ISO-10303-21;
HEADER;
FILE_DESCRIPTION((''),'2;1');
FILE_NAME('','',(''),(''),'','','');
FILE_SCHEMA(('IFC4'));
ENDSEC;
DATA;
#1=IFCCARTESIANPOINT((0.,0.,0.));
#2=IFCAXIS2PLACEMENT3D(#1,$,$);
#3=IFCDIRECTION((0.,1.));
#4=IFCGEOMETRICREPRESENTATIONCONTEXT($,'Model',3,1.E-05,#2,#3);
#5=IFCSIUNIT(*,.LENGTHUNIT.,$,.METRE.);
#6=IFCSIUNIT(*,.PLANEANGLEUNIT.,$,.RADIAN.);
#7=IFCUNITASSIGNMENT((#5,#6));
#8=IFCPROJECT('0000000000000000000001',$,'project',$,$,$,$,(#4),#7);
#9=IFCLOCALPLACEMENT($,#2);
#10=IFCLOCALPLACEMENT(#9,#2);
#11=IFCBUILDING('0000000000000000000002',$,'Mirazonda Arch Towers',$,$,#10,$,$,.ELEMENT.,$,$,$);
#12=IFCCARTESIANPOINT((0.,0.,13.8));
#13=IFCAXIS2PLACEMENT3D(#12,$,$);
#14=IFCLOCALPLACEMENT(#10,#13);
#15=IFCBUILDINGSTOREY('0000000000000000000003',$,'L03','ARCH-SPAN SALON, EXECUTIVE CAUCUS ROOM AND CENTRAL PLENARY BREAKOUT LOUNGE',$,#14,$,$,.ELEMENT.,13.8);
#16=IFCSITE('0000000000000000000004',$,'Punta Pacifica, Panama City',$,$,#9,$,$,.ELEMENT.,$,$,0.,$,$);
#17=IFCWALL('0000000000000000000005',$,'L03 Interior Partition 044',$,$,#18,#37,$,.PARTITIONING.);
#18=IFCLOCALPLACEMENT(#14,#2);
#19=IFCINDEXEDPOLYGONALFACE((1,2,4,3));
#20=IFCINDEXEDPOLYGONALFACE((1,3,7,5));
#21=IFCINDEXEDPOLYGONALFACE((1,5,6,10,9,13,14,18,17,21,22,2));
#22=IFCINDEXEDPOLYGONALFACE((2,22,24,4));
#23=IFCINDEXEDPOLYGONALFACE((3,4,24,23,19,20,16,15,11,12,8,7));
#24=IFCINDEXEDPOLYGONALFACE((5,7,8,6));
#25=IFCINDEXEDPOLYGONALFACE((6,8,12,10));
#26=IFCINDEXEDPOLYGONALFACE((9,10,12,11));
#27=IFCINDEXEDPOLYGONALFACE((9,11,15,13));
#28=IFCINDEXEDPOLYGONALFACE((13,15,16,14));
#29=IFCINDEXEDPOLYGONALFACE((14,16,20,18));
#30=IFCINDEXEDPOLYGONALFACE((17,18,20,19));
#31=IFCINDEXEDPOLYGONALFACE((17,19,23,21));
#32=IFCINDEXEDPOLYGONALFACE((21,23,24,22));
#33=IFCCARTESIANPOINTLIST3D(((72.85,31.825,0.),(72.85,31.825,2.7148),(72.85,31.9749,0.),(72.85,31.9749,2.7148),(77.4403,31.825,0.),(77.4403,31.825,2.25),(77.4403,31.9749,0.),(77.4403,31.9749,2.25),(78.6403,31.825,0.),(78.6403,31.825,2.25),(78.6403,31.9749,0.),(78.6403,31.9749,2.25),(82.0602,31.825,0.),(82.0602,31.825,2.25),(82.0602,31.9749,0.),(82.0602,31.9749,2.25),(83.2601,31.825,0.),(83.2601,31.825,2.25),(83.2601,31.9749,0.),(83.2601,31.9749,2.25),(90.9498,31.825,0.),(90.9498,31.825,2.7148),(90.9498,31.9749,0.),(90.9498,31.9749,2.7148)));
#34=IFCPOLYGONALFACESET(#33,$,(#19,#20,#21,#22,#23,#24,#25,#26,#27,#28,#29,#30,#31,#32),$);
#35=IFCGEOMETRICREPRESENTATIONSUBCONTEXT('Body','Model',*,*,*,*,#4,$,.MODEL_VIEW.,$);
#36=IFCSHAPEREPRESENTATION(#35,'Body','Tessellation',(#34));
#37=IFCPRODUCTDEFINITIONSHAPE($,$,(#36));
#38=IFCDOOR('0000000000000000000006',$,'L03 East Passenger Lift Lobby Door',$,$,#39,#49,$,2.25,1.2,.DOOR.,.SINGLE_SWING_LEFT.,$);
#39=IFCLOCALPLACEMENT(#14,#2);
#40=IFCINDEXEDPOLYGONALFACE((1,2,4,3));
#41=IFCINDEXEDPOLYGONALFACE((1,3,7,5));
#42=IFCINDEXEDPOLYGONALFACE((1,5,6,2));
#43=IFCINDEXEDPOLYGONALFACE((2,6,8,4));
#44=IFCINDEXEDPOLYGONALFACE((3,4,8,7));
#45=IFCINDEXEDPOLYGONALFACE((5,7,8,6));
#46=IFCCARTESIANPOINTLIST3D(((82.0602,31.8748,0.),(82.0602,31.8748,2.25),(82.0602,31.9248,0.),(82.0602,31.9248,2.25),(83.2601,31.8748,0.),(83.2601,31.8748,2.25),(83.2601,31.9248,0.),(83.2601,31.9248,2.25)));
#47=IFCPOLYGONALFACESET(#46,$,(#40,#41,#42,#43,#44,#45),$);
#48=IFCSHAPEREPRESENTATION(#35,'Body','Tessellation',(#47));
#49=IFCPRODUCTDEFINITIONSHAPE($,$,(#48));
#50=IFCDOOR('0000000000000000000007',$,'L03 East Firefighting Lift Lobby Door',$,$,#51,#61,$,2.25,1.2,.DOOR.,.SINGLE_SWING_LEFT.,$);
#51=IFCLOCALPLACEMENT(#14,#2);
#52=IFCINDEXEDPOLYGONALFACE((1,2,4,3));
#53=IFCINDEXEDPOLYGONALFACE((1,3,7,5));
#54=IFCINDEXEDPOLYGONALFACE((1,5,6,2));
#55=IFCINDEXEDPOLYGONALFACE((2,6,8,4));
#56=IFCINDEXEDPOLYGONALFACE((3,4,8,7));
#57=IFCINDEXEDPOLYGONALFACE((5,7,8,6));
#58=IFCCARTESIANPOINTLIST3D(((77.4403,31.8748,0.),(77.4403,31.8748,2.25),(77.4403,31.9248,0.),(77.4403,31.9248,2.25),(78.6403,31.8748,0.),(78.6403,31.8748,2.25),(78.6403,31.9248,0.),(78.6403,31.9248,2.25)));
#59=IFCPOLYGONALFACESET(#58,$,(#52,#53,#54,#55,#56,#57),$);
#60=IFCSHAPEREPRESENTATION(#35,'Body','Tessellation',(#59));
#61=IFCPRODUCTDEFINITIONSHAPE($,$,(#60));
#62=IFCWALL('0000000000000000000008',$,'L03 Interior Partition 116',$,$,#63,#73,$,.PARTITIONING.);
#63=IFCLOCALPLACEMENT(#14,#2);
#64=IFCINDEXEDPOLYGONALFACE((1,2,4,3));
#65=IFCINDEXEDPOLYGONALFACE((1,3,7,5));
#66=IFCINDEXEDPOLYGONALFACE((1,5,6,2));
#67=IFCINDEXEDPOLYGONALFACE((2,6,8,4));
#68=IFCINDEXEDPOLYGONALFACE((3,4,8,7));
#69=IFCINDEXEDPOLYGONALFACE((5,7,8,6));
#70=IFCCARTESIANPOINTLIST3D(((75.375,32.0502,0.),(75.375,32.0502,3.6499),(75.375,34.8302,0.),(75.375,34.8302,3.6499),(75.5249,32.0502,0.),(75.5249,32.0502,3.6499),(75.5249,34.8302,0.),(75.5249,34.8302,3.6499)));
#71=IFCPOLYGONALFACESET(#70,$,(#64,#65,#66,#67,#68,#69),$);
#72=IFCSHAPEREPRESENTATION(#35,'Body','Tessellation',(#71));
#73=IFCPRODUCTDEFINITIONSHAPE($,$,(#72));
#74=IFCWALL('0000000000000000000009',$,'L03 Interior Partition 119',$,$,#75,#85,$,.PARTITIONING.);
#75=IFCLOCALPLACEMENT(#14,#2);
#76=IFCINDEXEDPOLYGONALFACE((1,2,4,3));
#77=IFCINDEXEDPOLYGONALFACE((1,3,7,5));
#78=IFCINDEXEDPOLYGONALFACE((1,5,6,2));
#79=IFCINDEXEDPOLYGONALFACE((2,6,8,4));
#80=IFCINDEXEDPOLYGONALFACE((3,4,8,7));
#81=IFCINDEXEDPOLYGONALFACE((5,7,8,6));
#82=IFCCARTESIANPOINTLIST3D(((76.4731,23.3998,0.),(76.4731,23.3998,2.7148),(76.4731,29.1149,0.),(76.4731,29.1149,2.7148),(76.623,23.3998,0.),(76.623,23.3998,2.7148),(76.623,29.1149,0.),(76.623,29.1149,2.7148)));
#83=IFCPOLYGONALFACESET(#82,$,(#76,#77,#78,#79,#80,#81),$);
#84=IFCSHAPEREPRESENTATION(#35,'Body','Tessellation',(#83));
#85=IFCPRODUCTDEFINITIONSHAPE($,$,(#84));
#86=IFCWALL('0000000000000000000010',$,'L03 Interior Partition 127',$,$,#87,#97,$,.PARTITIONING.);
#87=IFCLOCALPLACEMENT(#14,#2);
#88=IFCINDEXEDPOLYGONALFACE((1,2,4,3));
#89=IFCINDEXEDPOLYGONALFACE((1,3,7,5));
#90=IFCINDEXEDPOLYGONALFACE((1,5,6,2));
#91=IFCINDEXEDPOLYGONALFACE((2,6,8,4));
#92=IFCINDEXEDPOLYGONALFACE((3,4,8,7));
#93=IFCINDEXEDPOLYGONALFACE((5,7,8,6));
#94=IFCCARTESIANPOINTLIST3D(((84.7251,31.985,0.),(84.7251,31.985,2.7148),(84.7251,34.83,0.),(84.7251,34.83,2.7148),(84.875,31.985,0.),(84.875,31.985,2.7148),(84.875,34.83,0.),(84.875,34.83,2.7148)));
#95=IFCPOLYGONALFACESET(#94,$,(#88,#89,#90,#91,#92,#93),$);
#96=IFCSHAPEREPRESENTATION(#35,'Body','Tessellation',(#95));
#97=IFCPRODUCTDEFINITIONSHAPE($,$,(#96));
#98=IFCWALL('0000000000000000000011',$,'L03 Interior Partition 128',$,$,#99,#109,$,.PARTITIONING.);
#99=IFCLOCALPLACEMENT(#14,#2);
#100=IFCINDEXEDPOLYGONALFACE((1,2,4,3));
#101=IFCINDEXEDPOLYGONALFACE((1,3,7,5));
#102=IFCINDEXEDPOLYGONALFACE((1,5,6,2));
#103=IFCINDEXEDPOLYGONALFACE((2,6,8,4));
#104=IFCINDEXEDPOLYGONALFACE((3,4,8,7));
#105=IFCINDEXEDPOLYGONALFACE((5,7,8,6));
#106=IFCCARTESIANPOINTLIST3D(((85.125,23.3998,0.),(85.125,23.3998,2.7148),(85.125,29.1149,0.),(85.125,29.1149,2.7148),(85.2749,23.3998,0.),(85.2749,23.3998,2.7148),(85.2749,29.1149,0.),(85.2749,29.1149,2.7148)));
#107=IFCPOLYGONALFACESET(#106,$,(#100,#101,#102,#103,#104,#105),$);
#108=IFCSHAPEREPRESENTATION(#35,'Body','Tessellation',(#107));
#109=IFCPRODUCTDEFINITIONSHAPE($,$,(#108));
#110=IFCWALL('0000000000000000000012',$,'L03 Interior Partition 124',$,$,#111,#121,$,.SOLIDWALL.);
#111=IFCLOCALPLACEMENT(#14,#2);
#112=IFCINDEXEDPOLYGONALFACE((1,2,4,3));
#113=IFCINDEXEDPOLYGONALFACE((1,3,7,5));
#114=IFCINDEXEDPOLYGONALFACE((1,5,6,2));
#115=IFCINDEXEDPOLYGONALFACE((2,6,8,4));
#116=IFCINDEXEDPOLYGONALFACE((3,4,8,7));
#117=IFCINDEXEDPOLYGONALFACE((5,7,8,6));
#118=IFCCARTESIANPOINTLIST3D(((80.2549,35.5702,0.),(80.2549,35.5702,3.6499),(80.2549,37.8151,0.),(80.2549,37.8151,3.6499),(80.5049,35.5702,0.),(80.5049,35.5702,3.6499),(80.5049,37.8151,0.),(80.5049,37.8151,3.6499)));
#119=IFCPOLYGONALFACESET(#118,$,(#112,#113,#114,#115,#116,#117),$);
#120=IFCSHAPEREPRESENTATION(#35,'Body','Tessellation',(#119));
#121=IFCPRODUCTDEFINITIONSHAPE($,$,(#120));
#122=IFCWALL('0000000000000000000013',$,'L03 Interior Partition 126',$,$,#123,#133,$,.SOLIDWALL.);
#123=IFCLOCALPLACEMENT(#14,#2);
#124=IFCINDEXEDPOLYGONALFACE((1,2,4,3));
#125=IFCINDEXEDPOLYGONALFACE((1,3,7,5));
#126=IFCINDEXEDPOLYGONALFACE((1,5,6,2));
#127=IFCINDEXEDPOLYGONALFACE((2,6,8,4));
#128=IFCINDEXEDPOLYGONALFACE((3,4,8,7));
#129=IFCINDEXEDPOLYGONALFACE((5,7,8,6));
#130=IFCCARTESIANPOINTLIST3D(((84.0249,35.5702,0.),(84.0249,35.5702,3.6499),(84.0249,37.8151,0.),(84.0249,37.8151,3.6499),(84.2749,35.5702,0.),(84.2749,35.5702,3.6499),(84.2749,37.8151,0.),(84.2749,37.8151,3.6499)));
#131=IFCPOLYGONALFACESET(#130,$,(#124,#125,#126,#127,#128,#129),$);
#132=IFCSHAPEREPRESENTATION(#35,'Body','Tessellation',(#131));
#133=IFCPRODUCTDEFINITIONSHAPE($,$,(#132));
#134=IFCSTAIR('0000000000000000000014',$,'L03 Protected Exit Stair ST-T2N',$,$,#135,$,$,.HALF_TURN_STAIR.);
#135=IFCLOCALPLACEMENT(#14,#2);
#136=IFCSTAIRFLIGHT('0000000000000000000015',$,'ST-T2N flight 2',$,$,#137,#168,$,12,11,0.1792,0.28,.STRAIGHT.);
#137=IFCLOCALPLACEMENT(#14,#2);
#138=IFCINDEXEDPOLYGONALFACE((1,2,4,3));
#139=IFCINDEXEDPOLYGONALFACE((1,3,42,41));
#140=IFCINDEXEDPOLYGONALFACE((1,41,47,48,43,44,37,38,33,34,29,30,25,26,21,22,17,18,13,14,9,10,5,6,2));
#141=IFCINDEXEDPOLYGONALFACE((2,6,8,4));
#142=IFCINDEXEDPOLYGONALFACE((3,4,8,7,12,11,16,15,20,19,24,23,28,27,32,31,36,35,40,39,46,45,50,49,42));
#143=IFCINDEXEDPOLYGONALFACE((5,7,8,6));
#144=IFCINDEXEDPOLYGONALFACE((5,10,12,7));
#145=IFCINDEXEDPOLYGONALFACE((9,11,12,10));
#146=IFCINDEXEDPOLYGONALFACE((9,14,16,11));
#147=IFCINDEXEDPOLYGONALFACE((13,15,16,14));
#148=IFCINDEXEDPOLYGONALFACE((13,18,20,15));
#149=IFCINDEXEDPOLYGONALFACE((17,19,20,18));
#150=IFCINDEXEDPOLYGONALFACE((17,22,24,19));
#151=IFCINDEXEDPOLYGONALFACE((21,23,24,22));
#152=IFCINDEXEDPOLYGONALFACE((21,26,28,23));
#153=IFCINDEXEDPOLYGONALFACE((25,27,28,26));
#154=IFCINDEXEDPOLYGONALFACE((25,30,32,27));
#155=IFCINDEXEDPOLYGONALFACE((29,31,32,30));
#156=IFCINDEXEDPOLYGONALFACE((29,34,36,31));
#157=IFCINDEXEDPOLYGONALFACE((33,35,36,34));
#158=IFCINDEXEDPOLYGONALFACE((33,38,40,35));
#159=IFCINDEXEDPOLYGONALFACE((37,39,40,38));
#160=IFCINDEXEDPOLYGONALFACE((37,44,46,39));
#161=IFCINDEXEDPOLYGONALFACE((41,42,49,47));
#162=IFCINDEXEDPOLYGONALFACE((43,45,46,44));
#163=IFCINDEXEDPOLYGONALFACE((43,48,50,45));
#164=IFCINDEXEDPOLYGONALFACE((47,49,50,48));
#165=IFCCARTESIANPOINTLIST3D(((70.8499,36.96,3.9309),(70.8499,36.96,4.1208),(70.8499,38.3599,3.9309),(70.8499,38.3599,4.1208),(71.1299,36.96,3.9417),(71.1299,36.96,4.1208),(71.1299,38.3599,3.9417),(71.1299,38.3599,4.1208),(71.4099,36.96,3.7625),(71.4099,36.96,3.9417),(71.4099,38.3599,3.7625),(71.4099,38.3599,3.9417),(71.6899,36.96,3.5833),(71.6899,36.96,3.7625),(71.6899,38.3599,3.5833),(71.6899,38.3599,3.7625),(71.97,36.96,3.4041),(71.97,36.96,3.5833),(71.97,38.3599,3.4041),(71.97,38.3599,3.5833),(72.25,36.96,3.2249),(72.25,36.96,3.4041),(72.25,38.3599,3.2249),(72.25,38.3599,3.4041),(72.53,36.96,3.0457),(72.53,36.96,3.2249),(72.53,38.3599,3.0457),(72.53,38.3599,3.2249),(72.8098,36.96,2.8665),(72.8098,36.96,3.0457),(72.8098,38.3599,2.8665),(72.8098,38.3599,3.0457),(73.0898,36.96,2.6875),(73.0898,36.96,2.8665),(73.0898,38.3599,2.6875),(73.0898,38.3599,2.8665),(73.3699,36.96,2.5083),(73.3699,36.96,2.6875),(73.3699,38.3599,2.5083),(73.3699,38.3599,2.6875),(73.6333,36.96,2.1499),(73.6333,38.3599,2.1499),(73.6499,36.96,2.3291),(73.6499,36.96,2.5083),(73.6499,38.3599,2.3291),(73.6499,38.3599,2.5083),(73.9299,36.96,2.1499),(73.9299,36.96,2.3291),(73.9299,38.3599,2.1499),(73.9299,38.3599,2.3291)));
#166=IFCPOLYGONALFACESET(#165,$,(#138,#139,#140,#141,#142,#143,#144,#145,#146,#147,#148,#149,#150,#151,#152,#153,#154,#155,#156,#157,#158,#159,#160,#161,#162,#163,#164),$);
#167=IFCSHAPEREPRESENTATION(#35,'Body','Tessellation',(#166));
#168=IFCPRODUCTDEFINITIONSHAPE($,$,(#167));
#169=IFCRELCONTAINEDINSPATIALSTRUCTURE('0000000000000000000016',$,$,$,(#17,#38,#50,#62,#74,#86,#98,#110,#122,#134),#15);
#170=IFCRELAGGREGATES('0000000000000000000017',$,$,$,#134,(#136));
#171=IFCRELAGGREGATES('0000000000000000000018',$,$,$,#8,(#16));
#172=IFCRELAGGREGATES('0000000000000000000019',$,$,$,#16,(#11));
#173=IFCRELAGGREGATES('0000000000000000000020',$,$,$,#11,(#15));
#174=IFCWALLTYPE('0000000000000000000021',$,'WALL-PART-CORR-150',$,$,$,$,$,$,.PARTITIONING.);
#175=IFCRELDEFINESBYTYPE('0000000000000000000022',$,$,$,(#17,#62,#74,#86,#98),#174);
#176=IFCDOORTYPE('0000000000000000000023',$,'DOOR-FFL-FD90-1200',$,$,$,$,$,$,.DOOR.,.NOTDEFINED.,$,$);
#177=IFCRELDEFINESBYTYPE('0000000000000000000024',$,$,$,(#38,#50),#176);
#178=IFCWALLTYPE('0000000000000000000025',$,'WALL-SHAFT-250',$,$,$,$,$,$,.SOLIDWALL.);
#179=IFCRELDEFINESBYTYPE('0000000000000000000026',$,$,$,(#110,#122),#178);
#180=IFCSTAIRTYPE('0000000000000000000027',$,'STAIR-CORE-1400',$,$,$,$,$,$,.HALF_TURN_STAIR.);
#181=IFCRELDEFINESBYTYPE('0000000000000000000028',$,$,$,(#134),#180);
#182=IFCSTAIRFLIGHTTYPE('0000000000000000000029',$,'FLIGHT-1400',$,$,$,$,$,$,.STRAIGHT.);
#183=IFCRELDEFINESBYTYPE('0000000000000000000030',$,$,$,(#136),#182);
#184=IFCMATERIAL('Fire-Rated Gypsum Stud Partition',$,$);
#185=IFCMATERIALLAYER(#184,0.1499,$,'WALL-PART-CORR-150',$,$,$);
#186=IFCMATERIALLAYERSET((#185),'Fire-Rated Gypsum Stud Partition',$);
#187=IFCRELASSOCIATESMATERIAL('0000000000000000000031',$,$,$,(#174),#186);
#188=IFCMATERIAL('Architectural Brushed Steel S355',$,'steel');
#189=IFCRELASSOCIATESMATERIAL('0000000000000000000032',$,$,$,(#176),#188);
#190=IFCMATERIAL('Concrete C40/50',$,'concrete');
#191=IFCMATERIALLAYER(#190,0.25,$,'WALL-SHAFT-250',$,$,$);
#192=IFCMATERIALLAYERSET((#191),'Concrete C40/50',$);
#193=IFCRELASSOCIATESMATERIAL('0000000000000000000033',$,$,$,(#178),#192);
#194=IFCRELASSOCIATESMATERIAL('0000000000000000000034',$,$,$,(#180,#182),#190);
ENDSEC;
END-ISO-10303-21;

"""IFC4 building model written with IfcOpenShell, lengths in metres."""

from ifc_helpers import new_model, si_unit, direction, frame, frame_2d, origin, place, context, subcontext, project, spatial, polyline, rectangle, outline, extrude, material, layer, layer_set, type_object, element, fill, aggregate, save


model = new_model("IFC4")

# Units and contexts
model_context = context("Model", 3, precision=1e-05, world=origin(), true_north=direction((0.0, 1.0)))
body_context = subcontext(model_context, "Body", "Model", "MODEL_VIEW")
ifc_project = project(units=[si_unit("LENGTHUNIT", "METRE"), si_unit("PLANEANGLEUNIT", "RADIAN")], contexts=[model_context])

# Site, building, storey
site_placement = place(None, origin())
site = spatial("IfcSite", under=ifc_project, at=site_placement, Name="Punta Pacifica, Panama City", CompositionType="ELEMENT", RefElevation=0.0)
building_placement = place(site_placement, origin())
building = spatial("IfcBuilding", under=site, at=building_placement, Name="Mirazonda Arch Towers", CompositionType="ELEMENT")
storey_placement = place(building_placement, frame((0.0, 0.0, 13.8)))
storey = spatial("IfcBuildingStorey", under=building, at=storey_placement, Name="L03", Description="ARCH-SPAN SALON, EXECUTIVE CAUCUS ROOM AND CENTRAL PLENARY BREAKOUT LOUNGE", CompositionType="ELEMENT", Elevation=13.8)

# Shared definitions
ifc_material_1 = material(Name="Concrete C40/50", Category="concrete")

# Wall, openings, doors
ifc_material_2 = material(Name="Fire-Rated Gypsum Stud Partition")
ifc_layer_1 = layer(ifc_material_2, 0.1499, Name="WALL-PART-CORR-150")
ifc_layer_set_1 = layer_set([ifc_layer_1], Name="Fire-Rated Gypsum Stud Partition")
wall_type_1 = type_object("IfcWallType", Name="WALL-PART-CORR-150", PredefinedType="PARTITIONING", material=ifc_layer_set_1)
wall_1_placement = place(storey_placement, frame((72.8501, 31.8999, 0.0), z_axis=(0.0, 0.0, 1.0), x_axis=(1.0, 0.0, 0.0)))
wall_1 = element("IfcWall", 1, at=wall_1_placement, inside=storey, type_object=wall_type_1, Name="L03 Interior Partition 044", PredefinedType="PARTITIONING", context=body_context, shape_type="SweptSolid", body=[
    extrude(rectangle(XDim=18.0999, YDim=0.1499, at=frame_2d((9.0498, 0.0))), origin(), (0.0, 0.0, 1.0), 2.7148),
])
opening_1_placement = place(wall_1_placement, frame((9.21, 0.0, 0.0)))
opening_1 = element("IfcOpeningElement", 2, at=opening_1_placement, cuts=wall_1, PredefinedType="OPENING", context=body_context, shape_type="SweptSolid", body=[
    extrude(rectangle(XDim=1.2, YDim=2.25, at=frame_2d((0.6001, 1.125))), frame((0.0, 0.085, 0.0), z_axis=(0.0, -1.0, 0.0), x_axis=(1.0, 0.0, 0.0)), (0.0, 0.0, 1.0), 0.1699),
])
opening_2_placement = place(wall_1_placement, frame((4.5901, 0.0, 0.0)))
opening_2 = element("IfcOpeningElement", 3, at=opening_2_placement, cuts=wall_1, PredefinedType="OPENING", context=body_context, shape_type="SweptSolid", body=[
    extrude(rectangle(XDim=1.2, YDim=2.25, at=frame_2d((0.6001, 1.125))), frame((0.0, 0.085, 0.0), z_axis=(0.0, -1.0, 0.0), x_axis=(1.0, 0.0, 0.0)), (0.0, 0.0, 1.0), 0.1699),
])
ifc_material_3 = material(Name="Architectural Brushed Steel S355", Category="steel")
door_type = type_object("IfcDoorType", Name="DOOR-FFL-FD90-1200", OperationType="NOTDEFINED", PredefinedType="DOOR", material=ifc_material_3)
door_1_placement = place(opening_1_placement, origin())
door_1 = element("IfcDoor", 4, at=door_1_placement, inside=storey, type_object=door_type, Name="L03 East Passenger Lift Lobby Door", OperationType="SINGLE_SWING_LEFT", OverallHeight=2.25, OverallWidth=1.2, PredefinedType="DOOR", context=body_context, shape_type="SweptSolid", body=[
    extrude(rectangle(XDim=1.2, YDim=2.25, at=frame_2d((0.6001, 1.125))), frame((0.0, 0.0249, 0.0), z_axis=(0.0, -1.0, 0.0), x_axis=(1.0, 0.0, 0.0)), (0.0, 0.0, 1.0), 0.05),
])
fill(opening_1, door_1)
door_2_placement = place(opening_2_placement, origin())
door_2 = element("IfcDoor", 5, at=door_2_placement, inside=storey, type_object=door_type, Name="L03 East Firefighting Lift Lobby Door", OperationType="SINGLE_SWING_LEFT", OverallHeight=2.25, OverallWidth=1.2, PredefinedType="DOOR", context=body_context, shape_type="SweptSolid", body=[
    extrude(rectangle(XDim=1.2, YDim=2.25, at=frame_2d((0.6001, 1.125))), frame((0.0, 0.0249, 0.0), z_axis=(0.0, -1.0, 0.0), x_axis=(1.0, 0.0, 0.0)), (0.0, 0.0, 1.0), 0.05),
])
fill(opening_2, door_2)

# Walls
wall_2_placement = place(storey_placement, frame((75.45, 32.05, 0.0), z_axis=(0.0, 0.0, 1.0), x_axis=(0.0, 1.0, 0.0)))
element("IfcWall", 6, at=wall_2_placement, inside=storey, type_object=wall_type_1, Name="L03 Interior Partition 116", PredefinedType="PARTITIONING", context=body_context, shape_type="SweptSolid", body=[
    extrude(rectangle(XDim=2.78, YDim=0.1499, at=frame_2d((1.3901, 0.0))), origin(), (0.0, 0.0, 1.0), 3.6499),
])
wall_3_placement = place(storey_placement, frame((76.5481, 23.3999, 0.0), z_axis=(0.0, 0.0, 1.0), x_axis=(0.0, 1.0, 0.0)))
element("IfcWall", 7, at=wall_3_placement, inside=storey, type_object=wall_type_1, Name="L03 Interior Partition 119", PredefinedType="PARTITIONING", context=body_context, shape_type="SweptSolid", body=[
    extrude(rectangle(XDim=5.7151, YDim=0.1499, at=frame_2d((2.8574, 0.0))), origin(), (0.0, 0.0, 1.0), 2.7148),
])
wall_4_placement = place(storey_placement, frame((84.8, 31.9851, 0.0), z_axis=(0.0, 0.0, 1.0), x_axis=(0.0, 1.0, 0.0)))
element("IfcWall", 8, at=wall_4_placement, inside=storey, type_object=wall_type_1, Name="L03 Interior Partition 127", PredefinedType="PARTITIONING", context=body_context, shape_type="SweptSolid", body=[
    extrude(rectangle(XDim=2.845, YDim=0.1499, at=frame_2d((1.4224, 0.0))), origin(), (0.0, 0.0, 1.0), 2.7148),
])
wall_5_placement = place(storey_placement, frame((85.2, 23.3999, 0.0), z_axis=(0.0, 0.0, 1.0), x_axis=(0.0, 1.0, 0.0)))
element("IfcWall", 9, at=wall_5_placement, inside=storey, type_object=wall_type_1, Name="L03 Interior Partition 128", PredefinedType="PARTITIONING", context=body_context, shape_type="SweptSolid", body=[
    extrude(rectangle(XDim=5.7151, YDim=0.1499, at=frame_2d((2.8574, 0.0))), origin(), (0.0, 0.0, 1.0), 2.7148),
])
ifc_layer_2 = layer(ifc_material_1, 0.25, Name="WALL-SHAFT-250")
ifc_layer_set_2 = layer_set([ifc_layer_2], Name="Concrete C40/50")
wall_type_2 = type_object("IfcWallType", Name="WALL-SHAFT-250", PredefinedType="SOLIDWALL", material=ifc_layer_set_2)
for number, where, z_axis, x_axis, name in (
    (10, (80.3799, 35.5701, 0.0), (0.0, 0.0, 1.0), (0.0, 1.0, 0.0), "L03 Interior Partition 124"),
    (11, (84.1499, 35.5701, 0.0), (0.0, 0.0, 1.0), (0.0, 1.0, 0.0), "L03 Interior Partition 126"),
):
    element("IfcWall", number, at=place(storey_placement, frame(where, z_axis=z_axis, x_axis=x_axis)), inside=storey, type_object=wall_type_2, Name=name, PredefinedType="SOLIDWALL", context=body_context, shape_type="SweptSolid", body=[
        extrude(rectangle(XDim=2.2449, YDim=0.25, at=frame_2d((1.1226, 0.0))), origin(), (0.0, 0.0, 1.0), 3.6499),
    ])

# Stair, stair flight
stair_type = type_object("IfcStairType", Name="STAIR-CORE-1400", PredefinedType="HALF_TURN_STAIR", material=ifc_material_1)
stair_placement = place(storey_placement, origin())
stair = element("IfcStair", 12, at=stair_placement, inside=storey, type_object=stair_type, Name="L03 Protected Exit Stair ST-T2N", PredefinedType="HALF_TURN_STAIR")
stair_flight_type = type_object("IfcStairFlightType", Name="FLIGHT-1400", PredefinedType="STRAIGHT", material=ifc_material_1)
stair_flight_placement = place(storey_placement, frame((73.9299, 37.6599, 2.1499), z_axis=(0.0, 0.0, 1.0), x_axis=(-1.0, 0.0, 0.0)))
stair_flight = element("IfcStairFlight", 13, at=stair_flight_placement, type_object=stair_flight_type, Name="ST-T2N flight 2", NumberOfRisers=12, NumberOfTreads=11, PredefinedType="STRAIGHT", RiserHeight=0.1792, TreadLength=0.28, context=body_context, shape_type="SweptSolid", body=[
    extrude(outline(polyline([(0.0, 0.0), (0.0, 0.1792), (0.28, 0.1792), (0.28, 0.3584), (0.5601, 0.3584), (0.5601, 0.5376), (0.8401, 0.5376), (0.8401, 0.7166), (1.1201, 0.7166), (1.1201, 0.8958), (1.3999, 0.8958), (1.3999, 1.075), (1.6799, 1.075), (1.6799, 1.2542), (1.96, 1.2542), (1.96, 1.4333), (2.24, 1.4333), (2.24, 1.6125), (2.52, 1.6125), (2.52, 1.7917), (2.8, 1.7917), (2.8, 1.9709), (3.0801, 1.9709), (3.0801, 2.1499), (3.0801, 1.781), (0.2966, 0.0), (0.0, 0.0)])), frame((0.0, 0.7, 0.0), z_axis=(0.0, -1.0, 0.0), x_axis=(1.0, 0.0, 0.0)), (0.0, 0.0, 1.0), 1.3999),
])
aggregate(stair, [stair_flight])

save(model, "model.ifc")
